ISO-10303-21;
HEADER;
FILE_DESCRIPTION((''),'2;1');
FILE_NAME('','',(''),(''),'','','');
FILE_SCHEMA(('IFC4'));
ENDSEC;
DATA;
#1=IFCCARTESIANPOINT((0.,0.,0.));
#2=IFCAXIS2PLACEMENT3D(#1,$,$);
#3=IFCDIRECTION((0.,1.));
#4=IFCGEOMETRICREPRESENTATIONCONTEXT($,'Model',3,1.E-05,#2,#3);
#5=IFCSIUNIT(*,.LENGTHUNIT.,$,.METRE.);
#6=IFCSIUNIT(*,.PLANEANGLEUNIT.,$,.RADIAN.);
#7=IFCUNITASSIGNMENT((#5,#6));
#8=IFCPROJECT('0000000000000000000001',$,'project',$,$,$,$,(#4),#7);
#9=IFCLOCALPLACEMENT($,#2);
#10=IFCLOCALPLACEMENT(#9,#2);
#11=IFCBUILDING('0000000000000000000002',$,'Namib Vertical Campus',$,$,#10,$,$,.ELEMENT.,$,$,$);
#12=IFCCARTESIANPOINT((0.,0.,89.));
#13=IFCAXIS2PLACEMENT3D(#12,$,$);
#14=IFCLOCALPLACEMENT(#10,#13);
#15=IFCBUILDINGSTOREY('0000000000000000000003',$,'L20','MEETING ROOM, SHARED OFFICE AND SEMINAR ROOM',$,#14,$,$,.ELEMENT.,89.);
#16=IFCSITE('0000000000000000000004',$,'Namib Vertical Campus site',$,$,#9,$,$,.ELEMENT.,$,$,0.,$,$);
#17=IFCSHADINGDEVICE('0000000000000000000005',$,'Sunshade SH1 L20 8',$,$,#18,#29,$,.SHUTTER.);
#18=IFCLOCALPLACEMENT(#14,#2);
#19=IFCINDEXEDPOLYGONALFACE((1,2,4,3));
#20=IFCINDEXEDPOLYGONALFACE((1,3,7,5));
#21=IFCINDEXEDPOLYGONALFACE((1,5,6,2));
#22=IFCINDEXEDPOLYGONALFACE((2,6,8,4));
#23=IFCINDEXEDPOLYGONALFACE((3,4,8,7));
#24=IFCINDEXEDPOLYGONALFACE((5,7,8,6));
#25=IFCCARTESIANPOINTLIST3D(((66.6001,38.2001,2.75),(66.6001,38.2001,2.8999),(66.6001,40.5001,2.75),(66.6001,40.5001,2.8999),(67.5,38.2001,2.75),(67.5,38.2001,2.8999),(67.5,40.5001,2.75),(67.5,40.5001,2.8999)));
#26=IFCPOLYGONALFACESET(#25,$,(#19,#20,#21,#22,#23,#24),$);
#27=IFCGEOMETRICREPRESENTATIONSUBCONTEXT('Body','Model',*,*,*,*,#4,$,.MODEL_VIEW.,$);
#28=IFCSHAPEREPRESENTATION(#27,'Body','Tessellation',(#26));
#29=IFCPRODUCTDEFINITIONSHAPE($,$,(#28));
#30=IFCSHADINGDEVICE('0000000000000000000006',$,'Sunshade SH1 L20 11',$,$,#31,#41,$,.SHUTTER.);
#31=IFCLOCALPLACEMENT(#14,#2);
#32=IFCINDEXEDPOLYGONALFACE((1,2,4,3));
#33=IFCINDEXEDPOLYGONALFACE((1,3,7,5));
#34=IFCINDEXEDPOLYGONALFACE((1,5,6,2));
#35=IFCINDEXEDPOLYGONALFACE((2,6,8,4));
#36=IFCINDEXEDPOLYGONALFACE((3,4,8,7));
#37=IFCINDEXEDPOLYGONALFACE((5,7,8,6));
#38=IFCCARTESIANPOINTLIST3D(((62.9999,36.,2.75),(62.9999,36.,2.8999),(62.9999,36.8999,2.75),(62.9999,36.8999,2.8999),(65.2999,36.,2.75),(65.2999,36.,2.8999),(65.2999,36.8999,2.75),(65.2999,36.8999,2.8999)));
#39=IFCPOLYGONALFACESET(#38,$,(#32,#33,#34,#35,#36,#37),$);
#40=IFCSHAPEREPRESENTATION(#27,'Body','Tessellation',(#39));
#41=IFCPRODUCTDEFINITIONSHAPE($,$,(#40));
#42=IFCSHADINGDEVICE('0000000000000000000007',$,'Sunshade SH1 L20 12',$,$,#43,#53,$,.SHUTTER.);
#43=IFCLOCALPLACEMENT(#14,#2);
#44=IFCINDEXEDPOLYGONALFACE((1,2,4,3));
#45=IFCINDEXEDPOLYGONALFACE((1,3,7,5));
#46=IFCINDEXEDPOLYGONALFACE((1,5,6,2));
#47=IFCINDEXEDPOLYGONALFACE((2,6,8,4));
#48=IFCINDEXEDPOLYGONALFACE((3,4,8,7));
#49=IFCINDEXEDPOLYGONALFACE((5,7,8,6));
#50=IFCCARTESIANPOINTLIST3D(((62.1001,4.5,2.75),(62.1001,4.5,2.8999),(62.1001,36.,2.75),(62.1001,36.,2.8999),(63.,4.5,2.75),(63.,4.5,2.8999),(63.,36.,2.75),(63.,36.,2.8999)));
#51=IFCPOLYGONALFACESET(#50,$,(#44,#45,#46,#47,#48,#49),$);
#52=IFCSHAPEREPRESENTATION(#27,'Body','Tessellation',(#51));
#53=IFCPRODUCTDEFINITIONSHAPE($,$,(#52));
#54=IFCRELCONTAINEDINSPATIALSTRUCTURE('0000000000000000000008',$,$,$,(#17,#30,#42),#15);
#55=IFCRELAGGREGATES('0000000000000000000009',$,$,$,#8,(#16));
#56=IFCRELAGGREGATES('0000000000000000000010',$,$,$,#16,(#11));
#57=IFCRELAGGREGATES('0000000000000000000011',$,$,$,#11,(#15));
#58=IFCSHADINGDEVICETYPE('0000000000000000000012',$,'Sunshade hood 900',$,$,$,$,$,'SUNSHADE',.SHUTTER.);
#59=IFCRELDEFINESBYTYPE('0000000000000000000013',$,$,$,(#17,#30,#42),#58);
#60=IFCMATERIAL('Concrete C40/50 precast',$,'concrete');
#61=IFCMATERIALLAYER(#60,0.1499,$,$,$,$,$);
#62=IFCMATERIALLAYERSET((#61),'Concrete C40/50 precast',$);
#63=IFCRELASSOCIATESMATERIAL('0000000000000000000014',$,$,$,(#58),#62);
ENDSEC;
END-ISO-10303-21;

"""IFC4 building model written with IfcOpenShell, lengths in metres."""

from ifc_helpers import new_model, si_unit, direction, frame, origin, origin_2d, place, context, subcontext, project, spatial, rectangle, extrude, material, layer, layer_set, type_object, element, save


model = new_model("IFC4")

# Units and contexts
model_context = context("Model", 3, precision=1e-05, world=origin(), true_north=direction((0.0, 1.0)))
body_context = subcontext(model_context, "Body", "Model", "MODEL_VIEW")
ifc_project = project(units=[si_unit("LENGTHUNIT", "METRE"), si_unit("PLANEANGLEUNIT", "RADIAN")], contexts=[model_context])

# Site, building, storey
site_placement = place(None, origin())
site = spatial("IfcSite", under=ifc_project, at=site_placement, Name="Namib Vertical Campus site", CompositionType="ELEMENT", RefElevation=0.0)
building_placement = place(site_placement, origin())
building = spatial("IfcBuilding", under=site, at=building_placement, Name="Namib Vertical Campus", CompositionType="ELEMENT")
storey_placement = place(building_placement, frame((0.0, 0.0, 89.0)))
storey = spatial("IfcBuildingStorey", under=building, at=storey_placement, Name="L20", Description="MEETING ROOM, SHARED OFFICE AND SEMINAR ROOM", CompositionType="ELEMENT", Elevation=89.0)

# Shading devices
ifc_material_1 = material(Name="Concrete C40/50 precast", Category="concrete")
ifc_layer_1 = layer(ifc_material_1, 0.1499)
ifc_layer_set_1 = layer_set([ifc_layer_1], Name="Concrete C40/50 precast")
shading_device_type = type_object("IfcShadingDeviceType", Name="Sunshade hood 900", ElementType="SUNSHADE", PredefinedType="SHUTTER", material=ifc_layer_set_1)
for number, where, z_axis, x_axis, name in (
    (1, (67.05, 39.3501, 2.75), (0.0, 0.0, 1.0), (0.0, -1.0, 0.0), "Sunshade SH1 L20 8"),
    (2, (64.1499, 36.45, 2.75), (0.0, 0.0, 1.0), (-1.0, 0.0, 0.0), "Sunshade SH1 L20 11"),
):
    element("IfcShadingDevice", number, at=place(storey_placement, frame(where, z_axis=z_axis, x_axis=x_axis)), inside=storey, type_object=shading_device_type, Name=name, PredefinedType="SHUTTER", context=body_context, shape_type="SweptSolid", body=[
        extrude(rectangle(XDim=2.3, YDim=0.8999, at=origin_2d()), origin(), (0.0, 0.0, 1.0), 0.1499),
    ])
shading_device_1_placement = place(storey_placement, frame((62.55, 20.25, 2.75), z_axis=(0.0, 0.0, 1.0), x_axis=(0.0, -1.0, 0.0)))
element("IfcShadingDevice", 3, at=shading_device_1_placement, inside=storey, type_object=shading_device_type, Name="Sunshade SH1 L20 12", PredefinedType="SHUTTER", context=body_context, shape_type="SweptSolid", body=[
    extrude(rectangle(XDim=31.5, YDim=0.8999, at=origin_2d()), origin(), (0.0, 0.0, 1.0), 0.1499),
])

save(model, "model.ifc")
